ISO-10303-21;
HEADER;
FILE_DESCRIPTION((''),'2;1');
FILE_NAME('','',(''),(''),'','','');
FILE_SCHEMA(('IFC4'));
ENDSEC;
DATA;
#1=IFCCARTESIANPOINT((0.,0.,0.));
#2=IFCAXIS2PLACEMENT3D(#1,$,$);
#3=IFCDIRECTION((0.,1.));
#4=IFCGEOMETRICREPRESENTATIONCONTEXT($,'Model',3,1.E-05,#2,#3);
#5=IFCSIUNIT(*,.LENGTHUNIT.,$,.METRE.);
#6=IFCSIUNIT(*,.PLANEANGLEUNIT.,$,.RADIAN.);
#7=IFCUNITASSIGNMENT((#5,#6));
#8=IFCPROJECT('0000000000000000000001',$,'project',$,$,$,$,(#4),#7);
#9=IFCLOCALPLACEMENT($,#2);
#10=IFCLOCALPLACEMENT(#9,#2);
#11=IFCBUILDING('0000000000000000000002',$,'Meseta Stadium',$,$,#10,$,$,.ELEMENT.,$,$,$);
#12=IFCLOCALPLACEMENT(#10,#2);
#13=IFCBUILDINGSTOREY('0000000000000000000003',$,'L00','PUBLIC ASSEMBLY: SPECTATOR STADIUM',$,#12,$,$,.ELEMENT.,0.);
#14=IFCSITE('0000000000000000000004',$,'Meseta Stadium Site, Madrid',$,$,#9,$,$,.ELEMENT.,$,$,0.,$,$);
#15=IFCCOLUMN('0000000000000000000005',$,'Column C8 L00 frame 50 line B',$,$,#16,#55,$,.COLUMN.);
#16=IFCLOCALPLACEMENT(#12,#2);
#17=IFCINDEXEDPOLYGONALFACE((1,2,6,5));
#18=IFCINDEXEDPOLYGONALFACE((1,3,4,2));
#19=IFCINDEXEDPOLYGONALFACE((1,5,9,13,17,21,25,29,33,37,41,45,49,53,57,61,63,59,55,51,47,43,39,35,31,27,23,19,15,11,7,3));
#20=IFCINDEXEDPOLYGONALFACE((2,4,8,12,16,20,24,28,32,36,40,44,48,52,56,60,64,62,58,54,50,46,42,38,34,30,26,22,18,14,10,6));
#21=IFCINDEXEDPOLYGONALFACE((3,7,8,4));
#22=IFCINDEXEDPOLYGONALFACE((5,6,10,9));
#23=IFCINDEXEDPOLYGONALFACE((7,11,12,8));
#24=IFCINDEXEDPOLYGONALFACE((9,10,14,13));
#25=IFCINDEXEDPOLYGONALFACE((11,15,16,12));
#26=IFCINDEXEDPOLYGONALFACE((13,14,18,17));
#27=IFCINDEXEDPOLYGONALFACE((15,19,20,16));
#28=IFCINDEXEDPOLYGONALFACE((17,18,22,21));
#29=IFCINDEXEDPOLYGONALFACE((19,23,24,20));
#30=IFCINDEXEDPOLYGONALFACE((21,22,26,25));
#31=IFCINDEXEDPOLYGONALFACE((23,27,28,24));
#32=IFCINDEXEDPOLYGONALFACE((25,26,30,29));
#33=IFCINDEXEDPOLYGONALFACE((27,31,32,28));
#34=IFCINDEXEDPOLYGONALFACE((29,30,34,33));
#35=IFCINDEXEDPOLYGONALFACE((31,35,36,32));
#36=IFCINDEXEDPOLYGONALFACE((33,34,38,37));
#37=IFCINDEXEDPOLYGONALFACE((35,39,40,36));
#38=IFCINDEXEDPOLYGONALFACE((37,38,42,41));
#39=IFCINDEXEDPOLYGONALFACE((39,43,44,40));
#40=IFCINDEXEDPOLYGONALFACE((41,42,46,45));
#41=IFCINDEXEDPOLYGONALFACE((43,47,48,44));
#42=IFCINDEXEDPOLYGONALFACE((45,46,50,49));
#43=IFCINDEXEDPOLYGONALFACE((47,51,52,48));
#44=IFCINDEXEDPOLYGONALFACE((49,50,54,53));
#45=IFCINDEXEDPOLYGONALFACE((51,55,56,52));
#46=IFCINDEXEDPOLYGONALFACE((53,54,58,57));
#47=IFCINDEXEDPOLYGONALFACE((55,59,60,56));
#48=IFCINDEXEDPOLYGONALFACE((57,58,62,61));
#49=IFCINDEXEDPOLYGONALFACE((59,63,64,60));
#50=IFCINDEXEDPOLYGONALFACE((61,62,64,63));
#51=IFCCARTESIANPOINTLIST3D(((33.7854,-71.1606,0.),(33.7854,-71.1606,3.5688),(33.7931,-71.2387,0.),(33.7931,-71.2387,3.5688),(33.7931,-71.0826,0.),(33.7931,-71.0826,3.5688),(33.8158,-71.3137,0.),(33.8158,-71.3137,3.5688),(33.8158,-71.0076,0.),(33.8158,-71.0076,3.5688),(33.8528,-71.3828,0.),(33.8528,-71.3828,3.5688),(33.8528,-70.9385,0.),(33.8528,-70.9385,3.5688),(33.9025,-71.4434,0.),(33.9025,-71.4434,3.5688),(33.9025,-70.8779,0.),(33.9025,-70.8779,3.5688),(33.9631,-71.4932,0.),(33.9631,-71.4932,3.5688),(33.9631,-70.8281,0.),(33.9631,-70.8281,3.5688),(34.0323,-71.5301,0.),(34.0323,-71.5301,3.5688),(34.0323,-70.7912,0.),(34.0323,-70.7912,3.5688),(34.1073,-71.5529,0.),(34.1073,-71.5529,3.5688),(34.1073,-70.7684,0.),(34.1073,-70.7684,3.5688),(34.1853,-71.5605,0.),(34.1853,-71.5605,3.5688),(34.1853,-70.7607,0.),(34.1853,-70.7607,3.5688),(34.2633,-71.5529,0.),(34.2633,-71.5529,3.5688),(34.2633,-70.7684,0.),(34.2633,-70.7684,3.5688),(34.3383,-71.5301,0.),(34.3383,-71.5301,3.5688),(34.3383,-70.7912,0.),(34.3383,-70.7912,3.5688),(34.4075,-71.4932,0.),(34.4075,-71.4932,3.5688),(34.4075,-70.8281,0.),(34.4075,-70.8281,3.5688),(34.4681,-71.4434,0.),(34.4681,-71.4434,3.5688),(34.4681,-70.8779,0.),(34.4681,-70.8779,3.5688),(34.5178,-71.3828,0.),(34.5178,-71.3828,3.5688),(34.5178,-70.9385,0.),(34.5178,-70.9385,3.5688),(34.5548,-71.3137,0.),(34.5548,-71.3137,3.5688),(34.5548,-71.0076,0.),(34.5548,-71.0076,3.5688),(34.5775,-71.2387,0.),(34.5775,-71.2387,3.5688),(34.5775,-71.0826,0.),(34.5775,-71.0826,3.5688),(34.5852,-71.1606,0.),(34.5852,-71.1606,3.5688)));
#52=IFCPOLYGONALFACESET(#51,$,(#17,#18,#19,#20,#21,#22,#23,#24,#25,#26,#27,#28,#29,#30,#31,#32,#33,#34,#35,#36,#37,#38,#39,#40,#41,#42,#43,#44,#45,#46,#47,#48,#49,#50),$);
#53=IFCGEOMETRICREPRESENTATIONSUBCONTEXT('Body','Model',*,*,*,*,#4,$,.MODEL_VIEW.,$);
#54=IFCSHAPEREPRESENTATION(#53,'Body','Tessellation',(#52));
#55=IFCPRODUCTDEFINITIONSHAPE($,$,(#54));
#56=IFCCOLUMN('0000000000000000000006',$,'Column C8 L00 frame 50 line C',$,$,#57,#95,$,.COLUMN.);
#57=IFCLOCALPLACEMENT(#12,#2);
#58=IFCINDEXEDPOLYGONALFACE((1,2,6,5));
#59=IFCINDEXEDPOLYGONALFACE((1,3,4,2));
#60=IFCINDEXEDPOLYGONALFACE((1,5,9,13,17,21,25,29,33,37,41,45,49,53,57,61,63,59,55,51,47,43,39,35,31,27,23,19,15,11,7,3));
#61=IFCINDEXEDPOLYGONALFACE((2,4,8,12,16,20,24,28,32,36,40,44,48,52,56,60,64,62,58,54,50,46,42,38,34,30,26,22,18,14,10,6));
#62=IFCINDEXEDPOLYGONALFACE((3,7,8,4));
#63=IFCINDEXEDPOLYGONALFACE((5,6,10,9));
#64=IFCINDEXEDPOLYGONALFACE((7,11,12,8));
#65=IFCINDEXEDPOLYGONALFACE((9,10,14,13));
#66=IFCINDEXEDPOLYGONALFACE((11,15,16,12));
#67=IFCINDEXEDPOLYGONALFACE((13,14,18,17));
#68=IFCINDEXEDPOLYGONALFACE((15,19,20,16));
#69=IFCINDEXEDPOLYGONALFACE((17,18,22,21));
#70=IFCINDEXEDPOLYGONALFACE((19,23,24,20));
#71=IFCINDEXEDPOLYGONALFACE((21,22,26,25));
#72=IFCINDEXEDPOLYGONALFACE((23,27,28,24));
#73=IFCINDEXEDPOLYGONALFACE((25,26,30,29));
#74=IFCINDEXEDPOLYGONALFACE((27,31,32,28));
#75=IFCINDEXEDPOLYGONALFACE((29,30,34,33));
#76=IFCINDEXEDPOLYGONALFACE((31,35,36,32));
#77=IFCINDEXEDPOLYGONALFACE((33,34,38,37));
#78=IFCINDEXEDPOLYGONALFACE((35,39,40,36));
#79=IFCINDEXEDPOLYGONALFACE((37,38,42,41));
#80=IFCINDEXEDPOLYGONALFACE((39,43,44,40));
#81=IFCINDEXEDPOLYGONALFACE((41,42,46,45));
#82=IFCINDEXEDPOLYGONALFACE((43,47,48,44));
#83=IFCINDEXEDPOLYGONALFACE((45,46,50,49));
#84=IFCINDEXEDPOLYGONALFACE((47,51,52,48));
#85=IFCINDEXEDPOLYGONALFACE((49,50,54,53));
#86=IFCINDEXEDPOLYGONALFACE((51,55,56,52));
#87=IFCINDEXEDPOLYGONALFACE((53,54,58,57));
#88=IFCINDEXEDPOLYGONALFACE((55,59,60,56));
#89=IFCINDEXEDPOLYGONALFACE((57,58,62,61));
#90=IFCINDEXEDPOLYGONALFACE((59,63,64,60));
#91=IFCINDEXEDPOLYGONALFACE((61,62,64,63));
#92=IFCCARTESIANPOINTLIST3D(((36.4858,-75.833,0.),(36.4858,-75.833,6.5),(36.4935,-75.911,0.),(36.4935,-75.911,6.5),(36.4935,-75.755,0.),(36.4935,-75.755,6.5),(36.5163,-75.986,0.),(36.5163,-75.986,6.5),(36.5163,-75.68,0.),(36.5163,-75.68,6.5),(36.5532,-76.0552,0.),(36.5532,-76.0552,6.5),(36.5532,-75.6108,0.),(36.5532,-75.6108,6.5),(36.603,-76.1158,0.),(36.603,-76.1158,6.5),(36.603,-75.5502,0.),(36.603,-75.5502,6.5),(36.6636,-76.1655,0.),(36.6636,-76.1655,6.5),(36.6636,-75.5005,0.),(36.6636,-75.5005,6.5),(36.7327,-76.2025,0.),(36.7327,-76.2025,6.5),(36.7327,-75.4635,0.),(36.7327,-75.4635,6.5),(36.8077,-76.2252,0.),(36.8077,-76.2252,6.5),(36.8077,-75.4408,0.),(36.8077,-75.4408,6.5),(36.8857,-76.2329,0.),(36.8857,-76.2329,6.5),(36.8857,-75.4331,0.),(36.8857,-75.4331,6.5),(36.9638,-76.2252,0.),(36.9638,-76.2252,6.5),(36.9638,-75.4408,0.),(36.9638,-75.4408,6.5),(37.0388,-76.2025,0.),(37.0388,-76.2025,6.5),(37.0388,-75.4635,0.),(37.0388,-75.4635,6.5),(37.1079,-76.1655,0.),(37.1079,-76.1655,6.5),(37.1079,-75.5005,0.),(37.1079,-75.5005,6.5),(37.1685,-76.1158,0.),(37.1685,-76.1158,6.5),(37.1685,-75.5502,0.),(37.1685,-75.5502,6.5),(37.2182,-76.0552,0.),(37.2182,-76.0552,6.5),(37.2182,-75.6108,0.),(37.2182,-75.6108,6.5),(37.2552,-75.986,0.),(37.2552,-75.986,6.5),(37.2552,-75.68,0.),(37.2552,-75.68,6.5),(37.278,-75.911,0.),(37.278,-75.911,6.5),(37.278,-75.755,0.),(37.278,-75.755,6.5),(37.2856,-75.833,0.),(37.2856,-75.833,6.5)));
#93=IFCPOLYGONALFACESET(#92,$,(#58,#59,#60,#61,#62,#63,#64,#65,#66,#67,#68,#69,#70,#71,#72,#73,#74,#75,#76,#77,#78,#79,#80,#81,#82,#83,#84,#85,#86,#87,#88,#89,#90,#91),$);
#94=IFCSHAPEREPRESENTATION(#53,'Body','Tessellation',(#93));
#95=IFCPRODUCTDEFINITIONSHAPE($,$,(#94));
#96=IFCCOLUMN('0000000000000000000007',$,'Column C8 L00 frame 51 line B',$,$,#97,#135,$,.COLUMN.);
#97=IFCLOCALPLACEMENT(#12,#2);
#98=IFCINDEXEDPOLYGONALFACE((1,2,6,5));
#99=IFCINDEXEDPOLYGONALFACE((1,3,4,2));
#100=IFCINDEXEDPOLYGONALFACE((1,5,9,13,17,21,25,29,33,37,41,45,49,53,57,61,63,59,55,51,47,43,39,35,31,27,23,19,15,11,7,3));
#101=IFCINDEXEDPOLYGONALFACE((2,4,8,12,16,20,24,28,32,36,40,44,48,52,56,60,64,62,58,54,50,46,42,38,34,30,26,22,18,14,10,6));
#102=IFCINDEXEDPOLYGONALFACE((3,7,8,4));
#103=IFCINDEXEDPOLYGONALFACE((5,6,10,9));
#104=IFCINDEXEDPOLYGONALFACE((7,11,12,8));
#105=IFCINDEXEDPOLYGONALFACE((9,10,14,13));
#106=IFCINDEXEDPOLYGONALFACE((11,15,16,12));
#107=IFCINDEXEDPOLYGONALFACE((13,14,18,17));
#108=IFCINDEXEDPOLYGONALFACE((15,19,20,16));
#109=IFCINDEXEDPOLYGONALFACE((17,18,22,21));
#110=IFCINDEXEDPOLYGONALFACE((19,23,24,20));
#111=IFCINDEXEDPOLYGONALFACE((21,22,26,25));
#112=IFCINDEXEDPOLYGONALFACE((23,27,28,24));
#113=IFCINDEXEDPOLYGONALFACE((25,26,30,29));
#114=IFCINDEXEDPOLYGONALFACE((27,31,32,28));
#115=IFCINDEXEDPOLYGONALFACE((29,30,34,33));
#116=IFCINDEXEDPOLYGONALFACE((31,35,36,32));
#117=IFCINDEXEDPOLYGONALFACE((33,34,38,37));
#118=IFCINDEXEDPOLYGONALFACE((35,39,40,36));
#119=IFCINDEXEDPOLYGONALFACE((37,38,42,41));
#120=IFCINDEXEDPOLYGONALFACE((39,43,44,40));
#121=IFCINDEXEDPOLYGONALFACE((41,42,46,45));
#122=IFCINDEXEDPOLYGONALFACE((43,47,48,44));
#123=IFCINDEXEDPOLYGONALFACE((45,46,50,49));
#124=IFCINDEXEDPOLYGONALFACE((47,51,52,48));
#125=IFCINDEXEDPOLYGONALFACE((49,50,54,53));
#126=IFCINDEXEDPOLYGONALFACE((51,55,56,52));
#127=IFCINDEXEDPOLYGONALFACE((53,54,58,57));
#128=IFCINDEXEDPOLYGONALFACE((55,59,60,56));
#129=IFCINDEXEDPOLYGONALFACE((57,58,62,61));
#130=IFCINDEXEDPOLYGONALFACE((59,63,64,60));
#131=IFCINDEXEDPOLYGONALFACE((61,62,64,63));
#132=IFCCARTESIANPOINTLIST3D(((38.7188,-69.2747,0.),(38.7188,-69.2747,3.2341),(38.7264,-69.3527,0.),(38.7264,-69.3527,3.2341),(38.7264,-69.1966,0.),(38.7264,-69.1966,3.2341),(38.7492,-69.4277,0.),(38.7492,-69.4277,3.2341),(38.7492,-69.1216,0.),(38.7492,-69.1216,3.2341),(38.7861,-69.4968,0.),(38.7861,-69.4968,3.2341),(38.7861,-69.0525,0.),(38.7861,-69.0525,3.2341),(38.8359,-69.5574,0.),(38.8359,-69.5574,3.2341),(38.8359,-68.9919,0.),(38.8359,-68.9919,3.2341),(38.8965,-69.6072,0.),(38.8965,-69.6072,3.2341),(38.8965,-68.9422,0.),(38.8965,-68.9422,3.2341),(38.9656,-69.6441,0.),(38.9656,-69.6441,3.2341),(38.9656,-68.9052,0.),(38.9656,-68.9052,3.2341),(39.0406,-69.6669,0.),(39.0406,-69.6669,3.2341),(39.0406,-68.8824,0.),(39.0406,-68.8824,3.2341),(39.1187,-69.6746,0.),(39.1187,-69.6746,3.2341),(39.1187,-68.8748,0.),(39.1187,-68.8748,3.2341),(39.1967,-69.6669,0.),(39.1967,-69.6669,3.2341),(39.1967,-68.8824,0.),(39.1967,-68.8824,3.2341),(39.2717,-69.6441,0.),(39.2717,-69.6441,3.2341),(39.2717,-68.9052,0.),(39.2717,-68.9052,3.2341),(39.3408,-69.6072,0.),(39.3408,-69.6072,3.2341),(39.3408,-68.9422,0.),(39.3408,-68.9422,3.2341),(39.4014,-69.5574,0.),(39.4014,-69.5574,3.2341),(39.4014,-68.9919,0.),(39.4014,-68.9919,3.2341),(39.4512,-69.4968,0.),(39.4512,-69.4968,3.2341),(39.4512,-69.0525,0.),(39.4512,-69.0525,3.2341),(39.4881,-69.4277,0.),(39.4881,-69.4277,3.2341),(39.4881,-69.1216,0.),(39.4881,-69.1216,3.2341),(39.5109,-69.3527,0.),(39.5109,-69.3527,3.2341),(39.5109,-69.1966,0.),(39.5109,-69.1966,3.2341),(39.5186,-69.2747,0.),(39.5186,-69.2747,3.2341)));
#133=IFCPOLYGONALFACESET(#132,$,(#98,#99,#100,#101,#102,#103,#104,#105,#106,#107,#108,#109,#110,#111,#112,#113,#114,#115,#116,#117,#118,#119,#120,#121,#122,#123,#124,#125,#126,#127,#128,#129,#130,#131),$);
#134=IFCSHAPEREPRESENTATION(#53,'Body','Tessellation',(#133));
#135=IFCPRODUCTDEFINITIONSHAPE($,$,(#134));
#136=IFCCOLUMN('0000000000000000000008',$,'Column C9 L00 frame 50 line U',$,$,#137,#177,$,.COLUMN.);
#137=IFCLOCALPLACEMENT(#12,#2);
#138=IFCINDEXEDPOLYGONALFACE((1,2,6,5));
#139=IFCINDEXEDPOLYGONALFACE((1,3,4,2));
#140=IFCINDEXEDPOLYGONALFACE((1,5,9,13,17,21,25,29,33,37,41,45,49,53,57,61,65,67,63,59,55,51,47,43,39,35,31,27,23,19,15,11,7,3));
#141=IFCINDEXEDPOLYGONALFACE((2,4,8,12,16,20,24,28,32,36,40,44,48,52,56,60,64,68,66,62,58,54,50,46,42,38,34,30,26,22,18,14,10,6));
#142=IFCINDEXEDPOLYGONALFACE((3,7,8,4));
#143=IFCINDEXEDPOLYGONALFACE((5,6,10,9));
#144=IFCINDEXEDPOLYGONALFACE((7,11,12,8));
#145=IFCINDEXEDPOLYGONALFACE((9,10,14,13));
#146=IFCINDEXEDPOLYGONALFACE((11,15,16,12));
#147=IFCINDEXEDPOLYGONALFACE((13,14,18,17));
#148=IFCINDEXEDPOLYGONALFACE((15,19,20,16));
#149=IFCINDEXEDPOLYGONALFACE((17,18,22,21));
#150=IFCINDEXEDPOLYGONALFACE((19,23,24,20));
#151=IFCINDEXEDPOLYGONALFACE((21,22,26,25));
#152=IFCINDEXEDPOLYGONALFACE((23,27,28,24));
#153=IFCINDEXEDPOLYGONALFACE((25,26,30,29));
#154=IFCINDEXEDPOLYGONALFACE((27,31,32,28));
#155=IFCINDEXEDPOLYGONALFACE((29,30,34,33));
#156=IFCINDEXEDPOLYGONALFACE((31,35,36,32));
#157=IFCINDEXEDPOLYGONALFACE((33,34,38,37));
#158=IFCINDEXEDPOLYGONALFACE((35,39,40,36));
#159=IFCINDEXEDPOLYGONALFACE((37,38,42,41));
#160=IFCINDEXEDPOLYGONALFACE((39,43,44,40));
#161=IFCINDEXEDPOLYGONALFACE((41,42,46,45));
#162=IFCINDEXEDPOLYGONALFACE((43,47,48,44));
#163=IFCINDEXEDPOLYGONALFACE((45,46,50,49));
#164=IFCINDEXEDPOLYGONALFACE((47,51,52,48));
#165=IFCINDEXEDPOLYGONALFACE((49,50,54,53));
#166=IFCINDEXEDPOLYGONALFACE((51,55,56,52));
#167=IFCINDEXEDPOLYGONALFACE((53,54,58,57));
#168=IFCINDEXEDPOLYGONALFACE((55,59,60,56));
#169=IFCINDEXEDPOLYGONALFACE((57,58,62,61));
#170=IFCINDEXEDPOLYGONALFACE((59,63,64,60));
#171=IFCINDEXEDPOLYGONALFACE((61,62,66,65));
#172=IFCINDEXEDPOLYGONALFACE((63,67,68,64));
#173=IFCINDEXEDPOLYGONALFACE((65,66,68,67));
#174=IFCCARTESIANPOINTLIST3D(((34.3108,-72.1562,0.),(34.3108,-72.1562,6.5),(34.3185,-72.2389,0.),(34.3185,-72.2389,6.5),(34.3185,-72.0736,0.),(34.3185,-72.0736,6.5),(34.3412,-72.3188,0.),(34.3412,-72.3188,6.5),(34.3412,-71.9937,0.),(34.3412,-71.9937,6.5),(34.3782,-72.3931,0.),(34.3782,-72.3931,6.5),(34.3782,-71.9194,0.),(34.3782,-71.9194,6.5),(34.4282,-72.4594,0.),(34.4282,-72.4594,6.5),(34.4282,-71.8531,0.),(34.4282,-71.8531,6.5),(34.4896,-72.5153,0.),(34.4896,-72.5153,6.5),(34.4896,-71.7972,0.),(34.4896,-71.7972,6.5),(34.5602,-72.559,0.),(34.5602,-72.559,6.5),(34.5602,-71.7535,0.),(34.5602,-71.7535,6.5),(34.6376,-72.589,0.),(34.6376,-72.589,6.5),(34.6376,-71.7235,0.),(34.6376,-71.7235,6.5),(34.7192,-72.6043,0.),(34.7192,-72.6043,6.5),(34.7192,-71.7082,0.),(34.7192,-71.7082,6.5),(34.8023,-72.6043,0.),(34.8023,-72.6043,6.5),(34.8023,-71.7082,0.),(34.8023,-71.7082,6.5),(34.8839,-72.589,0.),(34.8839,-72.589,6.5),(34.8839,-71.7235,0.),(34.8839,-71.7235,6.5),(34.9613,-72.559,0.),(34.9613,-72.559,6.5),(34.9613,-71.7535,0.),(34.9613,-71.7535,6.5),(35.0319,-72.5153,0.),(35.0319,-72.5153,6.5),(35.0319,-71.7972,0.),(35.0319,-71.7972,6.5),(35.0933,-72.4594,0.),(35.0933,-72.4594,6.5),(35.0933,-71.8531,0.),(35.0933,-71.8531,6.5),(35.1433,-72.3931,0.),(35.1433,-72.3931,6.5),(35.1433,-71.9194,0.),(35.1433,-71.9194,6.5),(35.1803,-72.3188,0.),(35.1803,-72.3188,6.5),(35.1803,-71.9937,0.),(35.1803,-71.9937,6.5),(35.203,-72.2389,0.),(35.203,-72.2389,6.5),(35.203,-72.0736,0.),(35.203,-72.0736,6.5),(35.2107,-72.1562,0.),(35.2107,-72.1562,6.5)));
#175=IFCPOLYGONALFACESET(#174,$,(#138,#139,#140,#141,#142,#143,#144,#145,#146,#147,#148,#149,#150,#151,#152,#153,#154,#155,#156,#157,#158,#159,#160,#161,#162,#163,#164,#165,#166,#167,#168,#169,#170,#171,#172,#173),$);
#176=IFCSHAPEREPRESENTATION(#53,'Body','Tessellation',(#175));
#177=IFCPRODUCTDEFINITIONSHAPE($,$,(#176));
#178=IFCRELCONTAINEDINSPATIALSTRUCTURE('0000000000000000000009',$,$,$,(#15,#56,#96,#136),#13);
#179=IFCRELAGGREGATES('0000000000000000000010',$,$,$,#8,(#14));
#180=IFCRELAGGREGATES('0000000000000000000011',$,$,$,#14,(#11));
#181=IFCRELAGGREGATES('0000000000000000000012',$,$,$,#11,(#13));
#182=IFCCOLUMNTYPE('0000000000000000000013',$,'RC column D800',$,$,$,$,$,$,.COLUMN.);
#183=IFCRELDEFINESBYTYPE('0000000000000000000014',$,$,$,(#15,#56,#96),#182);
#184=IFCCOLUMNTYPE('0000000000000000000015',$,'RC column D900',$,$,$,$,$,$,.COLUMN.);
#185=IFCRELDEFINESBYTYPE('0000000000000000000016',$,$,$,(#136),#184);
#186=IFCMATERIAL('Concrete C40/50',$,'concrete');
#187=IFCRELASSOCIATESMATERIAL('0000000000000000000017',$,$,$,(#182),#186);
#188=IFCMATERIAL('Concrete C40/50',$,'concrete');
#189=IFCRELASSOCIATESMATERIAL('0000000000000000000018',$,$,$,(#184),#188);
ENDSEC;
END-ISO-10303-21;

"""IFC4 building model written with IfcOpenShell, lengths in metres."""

from ifc_helpers import new_model, si_unit, direction, frame, origin, origin_2d, place, context, subcontext, project, spatial, circle, extrude, material, material_profile, profile_set, type_object, element, save


model = new_model("IFC4")

# Units and contexts
model_context = context("Model", 3, precision=1e-05, world=origin(), true_north=direction((0.0, 1.0)))
body_context = subcontext(model_context, "Body", "Model", "MODEL_VIEW")
ifc_project = project(units=[si_unit("LENGTHUNIT", "METRE"), si_unit("PLANEANGLEUNIT", "RADIAN")], contexts=[model_context])

# Site, building, storey
site_placement = place(None, origin())
site = spatial("IfcSite", under=ifc_project, at=site_placement, Name="Meseta Stadium Site, Madrid", CompositionType="ELEMENT", RefElevation=0.0)
building_placement = place(site_placement, origin())
building = spatial("IfcBuilding", under=site, at=building_placement, Name="Meseta Stadium", CompositionType="ELEMENT")
storey_placement = place(building_placement, origin())
storey = spatial("IfcBuildingStorey", under=building, at=storey_placement, Name="L00", Description="PUBLIC ASSEMBLY: SPECTATOR STADIUM", CompositionType="ELEMENT", Elevation=0.0)

# Columns
ifc_material_1 = material(Name="Concrete C40/50", Category="concrete")
ifc_material_profile_1 = material_profile(ifc_material_1, circle(Radius=0.3999, at=origin_2d()), Name="RC D800")
ifc_profile_set_1 = profile_set([ifc_material_profile_1], Name="Concrete C40/50")
column_type_1 = type_object("IfcColumnType", Name="RC column D800", PredefinedType="COLUMN", material=ifc_profile_set_1)
column_1_placement = place(storey_placement, frame((34.1853, -71.1606, 0.0), z_axis=(0.0, 0.0, 1.0), x_axis=(1.0, 0.0, 0.0)))
element("IfcColumn", 1, at=column_1_placement, inside=storey, type_object=column_type_1, Name="Column C8 L00 frame 50 line B", PredefinedType="COLUMN", context=body_context, shape_type="SweptSolid", body=[
    extrude(circle(Radius=0.3999, at=origin_2d()), origin(), (0.0, 0.0, 1.0), 3.5688),
])
column_2_placement = place(storey_placement, frame((36.8857, -75.833, 0.0), z_axis=(0.0, 0.0, 1.0), x_axis=(1.0, 0.0, 0.0)))
element("IfcColumn", 2, at=column_2_placement, inside=storey, type_object=column_type_1, Name="Column C8 L00 frame 50 line C", PredefinedType="COLUMN", context=body_context, shape_type="SweptSolid", body=[
    extrude(circle(Radius=0.3999, at=origin_2d()), origin(), (0.0, 0.0, 1.0), 6.5),
])
column_3_placement = place(storey_placement, frame((39.1187, -69.2747, 0.0), z_axis=(0.0, 0.0, 1.0), x_axis=(1.0, 0.0, 0.0)))
element("IfcColumn", 3, at=column_3_placement, inside=storey, type_object=column_type_1, Name="Column C8 L00 frame 51 line B", PredefinedType="COLUMN", context=body_context, shape_type="SweptSolid", body=[
    extrude(circle(Radius=0.3999, at=origin_2d()), origin(), (0.0, 0.0, 1.0), 3.2341),
])
ifc_material_2 = material(Name="Concrete C40/50", Category="concrete")
ifc_material_profile_2 = material_profile(ifc_material_2, circle(Radius=0.45, at=origin_2d()), Name="RC D900")
ifc_profile_set_2 = profile_set([ifc_material_profile_2], Name="Concrete C40/50")
column_type_2 = type_object("IfcColumnType", Name="RC column D900", PredefinedType="COLUMN", material=ifc_profile_set_2)
for number, where, z_axis, x_axis, name in (
    (4, (34.7607, -72.1562, 0.0), (0.0, 0.0, 1.0), (1.0, 0.0, 0.0), "Column C9 L00 frame 50 line U"),
):
    element("IfcColumn", number, at=place(storey_placement, frame(where, z_axis=z_axis, x_axis=x_axis)), inside=storey, type_object=column_type_2, Name=name, PredefinedType="COLUMN", context=body_context, shape_type="SweptSolid", body=[
        extrude(circle(Radius=0.45, at=origin_2d()), origin(), (0.0, 0.0, 1.0), 6.5),
    ])

save(model, "model.ifc")
